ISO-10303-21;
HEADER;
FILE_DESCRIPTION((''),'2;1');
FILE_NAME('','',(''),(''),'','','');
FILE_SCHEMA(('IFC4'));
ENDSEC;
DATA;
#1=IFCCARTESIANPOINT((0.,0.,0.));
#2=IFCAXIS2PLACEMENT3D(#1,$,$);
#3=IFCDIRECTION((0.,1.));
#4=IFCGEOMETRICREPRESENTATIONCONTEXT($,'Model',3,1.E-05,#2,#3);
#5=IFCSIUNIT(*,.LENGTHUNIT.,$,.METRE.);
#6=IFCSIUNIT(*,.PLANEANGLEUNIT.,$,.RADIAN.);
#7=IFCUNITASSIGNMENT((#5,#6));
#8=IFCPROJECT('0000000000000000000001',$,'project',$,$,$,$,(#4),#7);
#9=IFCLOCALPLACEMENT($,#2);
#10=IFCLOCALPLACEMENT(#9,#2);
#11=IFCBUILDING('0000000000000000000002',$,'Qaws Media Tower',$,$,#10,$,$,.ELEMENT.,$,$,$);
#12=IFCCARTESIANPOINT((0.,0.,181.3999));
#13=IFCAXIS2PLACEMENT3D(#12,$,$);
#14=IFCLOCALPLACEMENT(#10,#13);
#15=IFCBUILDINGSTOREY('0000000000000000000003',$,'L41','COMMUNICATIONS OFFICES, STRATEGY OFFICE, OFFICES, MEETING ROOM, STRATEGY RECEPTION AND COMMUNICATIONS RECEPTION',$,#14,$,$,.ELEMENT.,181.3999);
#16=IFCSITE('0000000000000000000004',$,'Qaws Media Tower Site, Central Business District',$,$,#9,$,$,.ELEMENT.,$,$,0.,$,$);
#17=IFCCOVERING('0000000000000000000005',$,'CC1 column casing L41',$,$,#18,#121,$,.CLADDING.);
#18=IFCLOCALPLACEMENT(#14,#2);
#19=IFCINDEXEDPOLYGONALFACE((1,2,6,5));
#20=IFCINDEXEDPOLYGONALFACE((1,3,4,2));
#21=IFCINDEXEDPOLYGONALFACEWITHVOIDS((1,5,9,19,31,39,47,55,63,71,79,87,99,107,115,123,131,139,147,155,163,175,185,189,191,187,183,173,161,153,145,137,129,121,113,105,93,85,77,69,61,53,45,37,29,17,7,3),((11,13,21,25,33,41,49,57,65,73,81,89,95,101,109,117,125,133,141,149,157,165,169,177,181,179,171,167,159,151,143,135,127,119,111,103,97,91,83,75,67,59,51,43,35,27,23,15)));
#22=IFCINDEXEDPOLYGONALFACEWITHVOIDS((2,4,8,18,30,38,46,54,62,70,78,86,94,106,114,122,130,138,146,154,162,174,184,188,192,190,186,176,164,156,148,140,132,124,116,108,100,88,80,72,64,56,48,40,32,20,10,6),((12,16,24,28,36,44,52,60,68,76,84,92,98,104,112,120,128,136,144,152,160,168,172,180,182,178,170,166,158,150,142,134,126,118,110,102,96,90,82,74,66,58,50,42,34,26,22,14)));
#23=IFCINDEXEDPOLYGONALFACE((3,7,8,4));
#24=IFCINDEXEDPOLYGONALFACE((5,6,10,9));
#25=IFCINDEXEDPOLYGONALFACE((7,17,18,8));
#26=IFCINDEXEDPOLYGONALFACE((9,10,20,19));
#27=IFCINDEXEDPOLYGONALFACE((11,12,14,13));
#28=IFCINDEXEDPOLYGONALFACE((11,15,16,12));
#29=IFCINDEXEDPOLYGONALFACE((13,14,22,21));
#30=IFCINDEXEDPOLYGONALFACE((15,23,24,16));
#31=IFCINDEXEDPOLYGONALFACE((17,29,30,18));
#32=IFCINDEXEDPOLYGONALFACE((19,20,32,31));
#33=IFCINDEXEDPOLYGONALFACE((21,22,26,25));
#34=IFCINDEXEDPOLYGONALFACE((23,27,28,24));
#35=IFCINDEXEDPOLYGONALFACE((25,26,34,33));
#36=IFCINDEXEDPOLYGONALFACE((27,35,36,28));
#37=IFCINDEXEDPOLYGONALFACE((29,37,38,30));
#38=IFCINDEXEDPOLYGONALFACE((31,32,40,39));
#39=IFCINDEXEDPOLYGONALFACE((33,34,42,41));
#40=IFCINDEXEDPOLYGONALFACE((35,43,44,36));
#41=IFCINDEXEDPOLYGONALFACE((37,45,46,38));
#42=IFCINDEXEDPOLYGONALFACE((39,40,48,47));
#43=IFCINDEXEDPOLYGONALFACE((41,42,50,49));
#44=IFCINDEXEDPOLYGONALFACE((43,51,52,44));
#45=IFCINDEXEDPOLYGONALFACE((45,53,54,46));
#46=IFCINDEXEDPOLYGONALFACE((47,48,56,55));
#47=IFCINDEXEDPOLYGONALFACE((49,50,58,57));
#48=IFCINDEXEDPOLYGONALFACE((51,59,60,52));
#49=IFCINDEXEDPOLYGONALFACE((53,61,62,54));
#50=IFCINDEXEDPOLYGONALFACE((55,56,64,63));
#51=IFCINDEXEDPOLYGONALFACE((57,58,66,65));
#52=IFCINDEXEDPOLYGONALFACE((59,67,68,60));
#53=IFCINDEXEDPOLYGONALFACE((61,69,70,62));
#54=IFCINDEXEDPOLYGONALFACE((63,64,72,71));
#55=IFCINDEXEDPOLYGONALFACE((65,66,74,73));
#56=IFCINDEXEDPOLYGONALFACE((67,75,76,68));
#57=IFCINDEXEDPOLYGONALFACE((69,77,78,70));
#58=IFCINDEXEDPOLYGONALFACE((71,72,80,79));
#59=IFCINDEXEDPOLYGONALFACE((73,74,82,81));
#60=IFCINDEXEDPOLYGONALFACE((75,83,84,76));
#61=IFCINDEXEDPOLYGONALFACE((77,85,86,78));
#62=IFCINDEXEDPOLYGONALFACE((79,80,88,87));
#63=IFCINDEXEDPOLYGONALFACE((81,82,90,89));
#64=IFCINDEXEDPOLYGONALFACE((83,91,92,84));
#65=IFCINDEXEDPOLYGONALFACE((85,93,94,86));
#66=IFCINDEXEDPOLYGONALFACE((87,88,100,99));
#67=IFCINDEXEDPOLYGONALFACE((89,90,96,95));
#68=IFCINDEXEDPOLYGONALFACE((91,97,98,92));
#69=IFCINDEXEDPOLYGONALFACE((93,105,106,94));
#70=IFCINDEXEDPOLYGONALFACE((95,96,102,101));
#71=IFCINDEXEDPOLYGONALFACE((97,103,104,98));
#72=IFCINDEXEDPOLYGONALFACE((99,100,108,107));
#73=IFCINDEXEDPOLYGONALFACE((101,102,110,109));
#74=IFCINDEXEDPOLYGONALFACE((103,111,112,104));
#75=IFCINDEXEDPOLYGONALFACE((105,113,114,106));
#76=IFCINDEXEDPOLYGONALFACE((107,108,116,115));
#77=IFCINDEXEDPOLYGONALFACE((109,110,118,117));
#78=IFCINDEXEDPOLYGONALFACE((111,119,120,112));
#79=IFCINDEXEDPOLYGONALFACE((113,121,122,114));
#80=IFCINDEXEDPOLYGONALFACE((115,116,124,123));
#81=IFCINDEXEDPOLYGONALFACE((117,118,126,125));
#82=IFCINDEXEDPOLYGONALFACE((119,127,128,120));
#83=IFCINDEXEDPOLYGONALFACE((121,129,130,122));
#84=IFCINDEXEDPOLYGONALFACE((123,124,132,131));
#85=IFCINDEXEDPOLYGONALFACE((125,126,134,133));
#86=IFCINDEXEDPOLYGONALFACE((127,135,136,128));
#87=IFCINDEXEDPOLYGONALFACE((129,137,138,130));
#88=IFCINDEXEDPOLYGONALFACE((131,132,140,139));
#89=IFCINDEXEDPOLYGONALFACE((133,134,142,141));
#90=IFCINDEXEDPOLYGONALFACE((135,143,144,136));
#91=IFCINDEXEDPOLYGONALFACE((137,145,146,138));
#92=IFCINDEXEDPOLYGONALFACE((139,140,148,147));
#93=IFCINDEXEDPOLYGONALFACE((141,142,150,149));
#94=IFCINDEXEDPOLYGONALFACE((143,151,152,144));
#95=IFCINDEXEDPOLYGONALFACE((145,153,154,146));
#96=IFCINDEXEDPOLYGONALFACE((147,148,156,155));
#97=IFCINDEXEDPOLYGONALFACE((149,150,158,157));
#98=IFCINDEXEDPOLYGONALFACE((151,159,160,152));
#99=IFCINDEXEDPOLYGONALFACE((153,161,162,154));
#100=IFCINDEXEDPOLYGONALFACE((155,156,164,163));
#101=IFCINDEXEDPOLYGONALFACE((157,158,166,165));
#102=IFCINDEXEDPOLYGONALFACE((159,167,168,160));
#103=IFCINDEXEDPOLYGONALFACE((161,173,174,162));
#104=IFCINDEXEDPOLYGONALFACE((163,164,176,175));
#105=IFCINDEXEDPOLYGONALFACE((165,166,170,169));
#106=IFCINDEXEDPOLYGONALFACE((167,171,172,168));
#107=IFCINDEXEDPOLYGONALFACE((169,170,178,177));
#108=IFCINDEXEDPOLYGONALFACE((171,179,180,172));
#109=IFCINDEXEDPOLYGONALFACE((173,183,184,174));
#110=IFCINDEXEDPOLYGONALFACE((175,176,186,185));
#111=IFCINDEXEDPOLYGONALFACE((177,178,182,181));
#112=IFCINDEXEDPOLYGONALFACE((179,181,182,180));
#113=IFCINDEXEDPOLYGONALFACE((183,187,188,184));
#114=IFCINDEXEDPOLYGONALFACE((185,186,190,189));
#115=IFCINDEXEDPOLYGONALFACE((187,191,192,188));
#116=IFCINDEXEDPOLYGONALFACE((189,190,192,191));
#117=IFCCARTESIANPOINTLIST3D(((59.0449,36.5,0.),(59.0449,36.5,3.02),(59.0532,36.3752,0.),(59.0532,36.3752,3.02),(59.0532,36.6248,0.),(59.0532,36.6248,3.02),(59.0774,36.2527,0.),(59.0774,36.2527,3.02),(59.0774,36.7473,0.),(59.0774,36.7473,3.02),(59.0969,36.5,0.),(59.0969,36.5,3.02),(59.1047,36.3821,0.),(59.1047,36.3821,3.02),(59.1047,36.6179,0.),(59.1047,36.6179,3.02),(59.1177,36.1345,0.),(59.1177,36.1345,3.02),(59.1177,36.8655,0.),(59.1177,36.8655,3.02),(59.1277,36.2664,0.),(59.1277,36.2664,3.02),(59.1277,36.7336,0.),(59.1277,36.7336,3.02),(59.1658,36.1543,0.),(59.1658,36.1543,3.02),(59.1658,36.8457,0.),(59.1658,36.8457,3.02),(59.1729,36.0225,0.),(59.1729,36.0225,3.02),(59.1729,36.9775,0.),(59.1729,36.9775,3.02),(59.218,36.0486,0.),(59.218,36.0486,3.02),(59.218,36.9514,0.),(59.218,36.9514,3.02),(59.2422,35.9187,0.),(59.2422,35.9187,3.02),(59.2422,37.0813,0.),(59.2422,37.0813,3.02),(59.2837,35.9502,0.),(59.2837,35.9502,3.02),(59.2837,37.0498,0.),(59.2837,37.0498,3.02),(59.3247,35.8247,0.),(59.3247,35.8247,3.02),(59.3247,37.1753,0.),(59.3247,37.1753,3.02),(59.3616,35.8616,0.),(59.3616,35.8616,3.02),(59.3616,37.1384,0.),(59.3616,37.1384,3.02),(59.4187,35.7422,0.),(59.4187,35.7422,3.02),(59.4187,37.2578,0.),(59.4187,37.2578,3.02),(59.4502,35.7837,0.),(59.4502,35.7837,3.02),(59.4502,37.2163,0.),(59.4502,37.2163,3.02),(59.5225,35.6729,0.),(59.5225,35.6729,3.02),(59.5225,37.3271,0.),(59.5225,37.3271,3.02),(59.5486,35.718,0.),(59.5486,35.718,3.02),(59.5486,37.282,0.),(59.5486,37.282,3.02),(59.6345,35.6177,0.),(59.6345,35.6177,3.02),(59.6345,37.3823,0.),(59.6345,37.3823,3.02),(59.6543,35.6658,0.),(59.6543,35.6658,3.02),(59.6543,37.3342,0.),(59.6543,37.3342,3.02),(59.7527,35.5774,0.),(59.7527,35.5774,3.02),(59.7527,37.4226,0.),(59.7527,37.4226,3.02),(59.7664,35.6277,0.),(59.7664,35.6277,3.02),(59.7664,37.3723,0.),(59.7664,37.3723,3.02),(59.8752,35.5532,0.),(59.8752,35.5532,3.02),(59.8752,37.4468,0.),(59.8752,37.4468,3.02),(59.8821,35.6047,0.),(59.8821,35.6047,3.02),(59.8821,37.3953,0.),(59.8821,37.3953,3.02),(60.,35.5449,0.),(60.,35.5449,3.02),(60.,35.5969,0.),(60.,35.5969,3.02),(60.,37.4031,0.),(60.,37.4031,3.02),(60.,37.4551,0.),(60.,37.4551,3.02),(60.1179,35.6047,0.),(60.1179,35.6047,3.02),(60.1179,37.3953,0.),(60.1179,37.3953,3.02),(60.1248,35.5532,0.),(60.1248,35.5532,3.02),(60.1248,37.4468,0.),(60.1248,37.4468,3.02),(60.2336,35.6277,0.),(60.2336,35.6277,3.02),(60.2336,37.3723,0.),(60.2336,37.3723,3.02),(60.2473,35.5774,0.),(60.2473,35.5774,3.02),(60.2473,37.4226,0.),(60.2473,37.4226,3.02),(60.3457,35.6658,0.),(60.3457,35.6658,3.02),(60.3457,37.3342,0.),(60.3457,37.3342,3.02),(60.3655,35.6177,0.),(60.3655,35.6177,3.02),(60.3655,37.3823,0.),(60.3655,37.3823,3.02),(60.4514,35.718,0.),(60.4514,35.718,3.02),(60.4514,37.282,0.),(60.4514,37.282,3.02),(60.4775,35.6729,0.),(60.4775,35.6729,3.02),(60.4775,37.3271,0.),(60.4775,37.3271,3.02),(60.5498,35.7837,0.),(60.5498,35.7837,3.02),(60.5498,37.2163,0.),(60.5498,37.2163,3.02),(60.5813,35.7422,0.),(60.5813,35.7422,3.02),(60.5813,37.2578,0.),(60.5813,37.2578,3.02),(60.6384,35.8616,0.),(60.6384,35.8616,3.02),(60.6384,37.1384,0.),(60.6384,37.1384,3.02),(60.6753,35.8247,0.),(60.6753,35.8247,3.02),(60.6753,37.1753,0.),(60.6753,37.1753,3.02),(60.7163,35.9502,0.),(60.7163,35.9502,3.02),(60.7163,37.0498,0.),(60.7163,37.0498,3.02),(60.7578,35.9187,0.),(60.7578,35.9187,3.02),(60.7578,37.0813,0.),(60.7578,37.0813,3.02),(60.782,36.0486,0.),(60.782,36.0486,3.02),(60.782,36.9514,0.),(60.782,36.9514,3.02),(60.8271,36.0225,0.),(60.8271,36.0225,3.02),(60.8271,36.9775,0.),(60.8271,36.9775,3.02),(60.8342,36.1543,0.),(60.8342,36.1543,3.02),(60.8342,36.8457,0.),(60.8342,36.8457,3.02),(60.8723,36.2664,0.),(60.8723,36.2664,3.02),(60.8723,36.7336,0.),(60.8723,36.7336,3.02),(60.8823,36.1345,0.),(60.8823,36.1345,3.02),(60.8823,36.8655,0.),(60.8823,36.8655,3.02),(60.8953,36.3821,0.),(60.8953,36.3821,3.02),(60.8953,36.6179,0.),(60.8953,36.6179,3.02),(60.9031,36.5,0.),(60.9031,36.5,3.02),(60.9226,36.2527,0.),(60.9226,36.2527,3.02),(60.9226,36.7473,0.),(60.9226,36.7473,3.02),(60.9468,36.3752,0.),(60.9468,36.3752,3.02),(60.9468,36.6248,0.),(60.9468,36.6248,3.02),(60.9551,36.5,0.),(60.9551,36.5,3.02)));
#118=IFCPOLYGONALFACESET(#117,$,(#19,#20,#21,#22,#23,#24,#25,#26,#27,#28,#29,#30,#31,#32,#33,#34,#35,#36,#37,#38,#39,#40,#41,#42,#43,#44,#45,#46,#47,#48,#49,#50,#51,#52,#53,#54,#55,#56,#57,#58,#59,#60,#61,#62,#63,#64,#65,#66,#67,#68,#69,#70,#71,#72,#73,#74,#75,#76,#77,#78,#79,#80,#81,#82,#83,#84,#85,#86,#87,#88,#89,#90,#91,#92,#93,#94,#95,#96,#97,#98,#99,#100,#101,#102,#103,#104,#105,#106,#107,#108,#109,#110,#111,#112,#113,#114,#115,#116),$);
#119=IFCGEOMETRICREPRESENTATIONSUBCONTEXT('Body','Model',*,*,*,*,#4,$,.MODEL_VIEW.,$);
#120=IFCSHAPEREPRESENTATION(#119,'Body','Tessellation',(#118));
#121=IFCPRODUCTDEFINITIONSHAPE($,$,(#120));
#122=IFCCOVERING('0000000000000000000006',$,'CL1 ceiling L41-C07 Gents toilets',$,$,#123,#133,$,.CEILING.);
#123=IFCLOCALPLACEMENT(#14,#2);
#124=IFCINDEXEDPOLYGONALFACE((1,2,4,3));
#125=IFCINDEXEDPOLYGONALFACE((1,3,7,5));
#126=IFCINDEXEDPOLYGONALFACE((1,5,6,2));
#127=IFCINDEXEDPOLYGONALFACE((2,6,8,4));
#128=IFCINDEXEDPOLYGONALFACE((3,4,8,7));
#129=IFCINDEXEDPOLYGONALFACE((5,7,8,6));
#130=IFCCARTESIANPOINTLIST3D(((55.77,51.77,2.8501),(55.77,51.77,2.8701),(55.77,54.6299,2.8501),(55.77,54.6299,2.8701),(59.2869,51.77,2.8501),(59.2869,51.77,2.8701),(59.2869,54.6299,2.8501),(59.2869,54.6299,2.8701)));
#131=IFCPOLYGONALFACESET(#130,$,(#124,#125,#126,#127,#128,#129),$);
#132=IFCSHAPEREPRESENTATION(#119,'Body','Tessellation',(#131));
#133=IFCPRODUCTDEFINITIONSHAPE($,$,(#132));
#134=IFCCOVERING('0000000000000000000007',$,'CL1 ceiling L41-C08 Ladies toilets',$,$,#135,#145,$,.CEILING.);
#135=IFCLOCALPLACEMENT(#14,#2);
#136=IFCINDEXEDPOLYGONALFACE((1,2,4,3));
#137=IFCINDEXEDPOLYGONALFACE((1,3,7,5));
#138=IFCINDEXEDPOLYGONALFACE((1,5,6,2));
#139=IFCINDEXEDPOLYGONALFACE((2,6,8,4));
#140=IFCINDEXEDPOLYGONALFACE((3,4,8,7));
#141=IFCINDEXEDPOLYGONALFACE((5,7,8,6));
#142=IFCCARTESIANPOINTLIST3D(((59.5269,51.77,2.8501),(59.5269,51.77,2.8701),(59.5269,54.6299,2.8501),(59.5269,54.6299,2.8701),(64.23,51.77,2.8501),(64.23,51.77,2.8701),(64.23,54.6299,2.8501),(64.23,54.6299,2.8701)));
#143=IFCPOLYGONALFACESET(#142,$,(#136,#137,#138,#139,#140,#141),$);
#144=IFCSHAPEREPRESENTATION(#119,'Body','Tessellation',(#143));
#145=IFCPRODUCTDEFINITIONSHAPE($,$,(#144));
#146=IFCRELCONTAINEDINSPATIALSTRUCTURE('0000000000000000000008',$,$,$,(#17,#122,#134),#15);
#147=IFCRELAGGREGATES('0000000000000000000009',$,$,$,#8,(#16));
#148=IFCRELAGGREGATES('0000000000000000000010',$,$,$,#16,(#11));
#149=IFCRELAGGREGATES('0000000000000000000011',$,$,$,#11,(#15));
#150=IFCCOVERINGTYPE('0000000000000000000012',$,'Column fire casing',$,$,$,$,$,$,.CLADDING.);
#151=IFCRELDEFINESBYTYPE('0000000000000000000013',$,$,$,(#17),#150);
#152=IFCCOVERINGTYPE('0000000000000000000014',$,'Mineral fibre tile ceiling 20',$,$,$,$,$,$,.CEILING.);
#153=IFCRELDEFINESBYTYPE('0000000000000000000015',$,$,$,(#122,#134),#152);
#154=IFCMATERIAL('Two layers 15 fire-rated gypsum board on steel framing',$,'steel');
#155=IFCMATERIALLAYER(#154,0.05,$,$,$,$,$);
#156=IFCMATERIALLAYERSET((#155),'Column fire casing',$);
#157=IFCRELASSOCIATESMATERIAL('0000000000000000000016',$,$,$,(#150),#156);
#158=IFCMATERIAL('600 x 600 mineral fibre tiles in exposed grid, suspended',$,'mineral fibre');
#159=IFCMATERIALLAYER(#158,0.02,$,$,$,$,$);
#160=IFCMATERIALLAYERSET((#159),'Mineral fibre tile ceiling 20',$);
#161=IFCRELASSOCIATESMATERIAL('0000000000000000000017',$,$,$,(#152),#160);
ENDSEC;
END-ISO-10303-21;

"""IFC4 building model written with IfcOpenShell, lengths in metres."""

from ifc_helpers import new_model, si_unit, direction, frame, origin, place, context, subcontext, project, spatial, polyline, outline, extrude, material, layer, layer_set, type_object, element, save


model = new_model("IFC4")

# Units and contexts
model_context = context("Model", 3, precision=1e-05, world=origin(), true_north=direction((0.0, 1.0)))
body_context = subcontext(model_context, "Body", "Model", "MODEL_VIEW")
ifc_project = project(units=[si_unit("LENGTHUNIT", "METRE"), si_unit("PLANEANGLEUNIT", "RADIAN")], contexts=[model_context])

# Site, building, storey
site_placement = place(None, origin())
site = spatial("IfcSite", under=ifc_project, at=site_placement, Name="Qaws Media Tower Site, Central Business District", CompositionType="ELEMENT", RefElevation=0.0)
building_placement = place(site_placement, origin())
building = spatial("IfcBuilding", under=site, at=building_placement, Name="Qaws Media Tower", CompositionType="ELEMENT")
storey_placement = place(building_placement, frame((0.0, 0.0, 181.3999)))
storey = spatial("IfcBuildingStorey", under=building, at=storey_placement, Name="L41", Description="COMMUNICATIONS OFFICES, STRATEGY OFFICE, OFFICES, MEETING ROOM, STRATEGY RECEPTION AND COMMUNICATIONS RECEPTION", CompositionType="ELEMENT", Elevation=181.3999)

# Coverings
ifc_material_1 = material(Name="Two layers 15 fire-rated gypsum board on steel framing", Category="steel")
ifc_layer_1 = layer(ifc_material_1, 0.05)
ifc_layer_set_1 = layer_set([ifc_layer_1], Name="Column fire casing")
covering_type_1 = type_object("IfcCoveringType", Name="Column fire casing", PredefinedType="CLADDING", material=ifc_layer_set_1)
covering_1_placement = place(storey_placement, origin())
element("IfcCovering", 1, at=covering_1_placement, inside=storey, type_object=covering_type_1, Name="CC1 column casing L41", PredefinedType="CLADDING", context=body_context, shape_type="SweptSolid", body=[
    extrude(outline(polyline([(60.9551, 36.5), (60.9468, 36.3752), (60.9226, 36.2527), (60.8823, 36.1345), (60.8271, 36.0225), (60.7578, 35.9187), (60.6753, 35.8247), (60.5813, 35.7422), (60.4775, 35.6729), (60.3655, 35.6177), (60.2473, 35.5774), (60.1248, 35.5532), (60.0, 35.5449), (59.8752, 35.5532), (59.7527, 35.5774), (59.6345, 35.6177), (59.5225, 35.6729), (59.4187, 35.7422), (59.3247, 35.8247), (59.2422, 35.9187), (59.1729, 36.0225), (59.1177, 36.1345), (59.0774, 36.2527), (59.0532, 36.3752), (59.0449, 36.5), (59.0532, 36.6248), (59.0774, 36.7473), (59.1177, 36.8655), (59.1729, 36.9775), (59.2422, 37.0813), (59.3247, 37.1753), (59.4187, 37.2578), (59.5225, 37.3271), (59.6345, 37.3823), (59.7527, 37.4226), (59.8752, 37.4468), (60.0, 37.4551), (60.1248, 37.4468), (60.2473, 37.4226), (60.3655, 37.3823), (60.4775, 37.3271), (60.5813, 37.2578), (60.6753, 37.1753), (60.7578, 37.0813), (60.8271, 36.9775), (60.8823, 36.8655), (60.9226, 36.7473), (60.9468, 36.6248), (60.9551, 36.5)]), holes=[polyline([(60.9031, 36.5), (60.8953, 36.3821), (60.8723, 36.2664), (60.8342, 36.1543), (60.782, 36.0486), (60.7163, 35.9502), (60.6384, 35.8616), (60.5498, 35.7837), (60.4514, 35.718), (60.3457, 35.6658), (60.2336, 35.6277), (60.1179, 35.6047), (60.0, 35.5969), (59.8821, 35.6047), (59.7664, 35.6277), (59.6543, 35.6658), (59.5486, 35.718), (59.4502, 35.7837), (59.3616, 35.8616), (59.2837, 35.9502), (59.218, 36.0486), (59.1658, 36.1543), (59.1277, 36.2664), (59.1047, 36.3821), (59.0969, 36.5), (59.1047, 36.6179), (59.1277, 36.7336), (59.1658, 36.8457), (59.218, 36.9514), (59.2837, 37.0498), (59.3616, 37.1384), (59.4502, 37.2163), (59.5486, 37.282), (59.6543, 37.3342), (59.7664, 37.3723), (59.8821, 37.3953), (60.0, 37.4031), (60.1179, 37.3953), (60.2336, 37.3723), (60.3457, 37.3342), (60.4514, 37.282), (60.5498, 37.2163), (60.6384, 37.1384), (60.7163, 37.0498), (60.782, 36.9514), (60.8342, 36.8457), (60.8723, 36.7336), (60.8953, 36.6179), (60.9031, 36.5)])]), origin(), (0.0, 0.0, 1.0), 3.02),
])
ifc_material_2 = material(Name="600 x 600 mineral fibre tiles in exposed grid, suspended", Category="mineral fibre")
ifc_layer_2 = layer(ifc_material_2, 0.02)
ifc_layer_set_2 = layer_set([ifc_layer_2], Name="Mineral fibre tile ceiling 20")
covering_type_2 = type_object("IfcCoveringType", Name="Mineral fibre tile ceiling 20", PredefinedType="CEILING", material=ifc_layer_set_2)
covering_2_placement = place(storey_placement, frame((0.0, 0.0, 2.8501)))
element("IfcCovering", 2, at=covering_2_placement, inside=storey, type_object=covering_type_2, Name="CL1 ceiling L41-C07 Gents toilets", PredefinedType="CEILING", context=body_context, shape_type="SweptSolid", body=[
    extrude(outline(polyline([(55.77, 51.77), (55.77, 54.6299), (59.2869, 54.6299), (59.2869, 51.77), (55.77, 51.77)])), origin(), (0.0, 0.0, 1.0), 0.02),
])
covering_3_placement = place(storey_placement, frame((0.0, 0.0, 2.8501)))
element("IfcCovering", 3, at=covering_3_placement, inside=storey, type_object=covering_type_2, Name="CL1 ceiling L41-C08 Ladies toilets", PredefinedType="CEILING", context=body_context, shape_type="SweptSolid", body=[
    extrude(outline(polyline([(59.5269, 51.77), (59.5269, 54.6299), (64.23, 54.6299), (64.23, 51.77), (59.5269, 51.77)])), origin(), (0.0, 0.0, 1.0), 0.02),
])

save(model, "model.ifc")
